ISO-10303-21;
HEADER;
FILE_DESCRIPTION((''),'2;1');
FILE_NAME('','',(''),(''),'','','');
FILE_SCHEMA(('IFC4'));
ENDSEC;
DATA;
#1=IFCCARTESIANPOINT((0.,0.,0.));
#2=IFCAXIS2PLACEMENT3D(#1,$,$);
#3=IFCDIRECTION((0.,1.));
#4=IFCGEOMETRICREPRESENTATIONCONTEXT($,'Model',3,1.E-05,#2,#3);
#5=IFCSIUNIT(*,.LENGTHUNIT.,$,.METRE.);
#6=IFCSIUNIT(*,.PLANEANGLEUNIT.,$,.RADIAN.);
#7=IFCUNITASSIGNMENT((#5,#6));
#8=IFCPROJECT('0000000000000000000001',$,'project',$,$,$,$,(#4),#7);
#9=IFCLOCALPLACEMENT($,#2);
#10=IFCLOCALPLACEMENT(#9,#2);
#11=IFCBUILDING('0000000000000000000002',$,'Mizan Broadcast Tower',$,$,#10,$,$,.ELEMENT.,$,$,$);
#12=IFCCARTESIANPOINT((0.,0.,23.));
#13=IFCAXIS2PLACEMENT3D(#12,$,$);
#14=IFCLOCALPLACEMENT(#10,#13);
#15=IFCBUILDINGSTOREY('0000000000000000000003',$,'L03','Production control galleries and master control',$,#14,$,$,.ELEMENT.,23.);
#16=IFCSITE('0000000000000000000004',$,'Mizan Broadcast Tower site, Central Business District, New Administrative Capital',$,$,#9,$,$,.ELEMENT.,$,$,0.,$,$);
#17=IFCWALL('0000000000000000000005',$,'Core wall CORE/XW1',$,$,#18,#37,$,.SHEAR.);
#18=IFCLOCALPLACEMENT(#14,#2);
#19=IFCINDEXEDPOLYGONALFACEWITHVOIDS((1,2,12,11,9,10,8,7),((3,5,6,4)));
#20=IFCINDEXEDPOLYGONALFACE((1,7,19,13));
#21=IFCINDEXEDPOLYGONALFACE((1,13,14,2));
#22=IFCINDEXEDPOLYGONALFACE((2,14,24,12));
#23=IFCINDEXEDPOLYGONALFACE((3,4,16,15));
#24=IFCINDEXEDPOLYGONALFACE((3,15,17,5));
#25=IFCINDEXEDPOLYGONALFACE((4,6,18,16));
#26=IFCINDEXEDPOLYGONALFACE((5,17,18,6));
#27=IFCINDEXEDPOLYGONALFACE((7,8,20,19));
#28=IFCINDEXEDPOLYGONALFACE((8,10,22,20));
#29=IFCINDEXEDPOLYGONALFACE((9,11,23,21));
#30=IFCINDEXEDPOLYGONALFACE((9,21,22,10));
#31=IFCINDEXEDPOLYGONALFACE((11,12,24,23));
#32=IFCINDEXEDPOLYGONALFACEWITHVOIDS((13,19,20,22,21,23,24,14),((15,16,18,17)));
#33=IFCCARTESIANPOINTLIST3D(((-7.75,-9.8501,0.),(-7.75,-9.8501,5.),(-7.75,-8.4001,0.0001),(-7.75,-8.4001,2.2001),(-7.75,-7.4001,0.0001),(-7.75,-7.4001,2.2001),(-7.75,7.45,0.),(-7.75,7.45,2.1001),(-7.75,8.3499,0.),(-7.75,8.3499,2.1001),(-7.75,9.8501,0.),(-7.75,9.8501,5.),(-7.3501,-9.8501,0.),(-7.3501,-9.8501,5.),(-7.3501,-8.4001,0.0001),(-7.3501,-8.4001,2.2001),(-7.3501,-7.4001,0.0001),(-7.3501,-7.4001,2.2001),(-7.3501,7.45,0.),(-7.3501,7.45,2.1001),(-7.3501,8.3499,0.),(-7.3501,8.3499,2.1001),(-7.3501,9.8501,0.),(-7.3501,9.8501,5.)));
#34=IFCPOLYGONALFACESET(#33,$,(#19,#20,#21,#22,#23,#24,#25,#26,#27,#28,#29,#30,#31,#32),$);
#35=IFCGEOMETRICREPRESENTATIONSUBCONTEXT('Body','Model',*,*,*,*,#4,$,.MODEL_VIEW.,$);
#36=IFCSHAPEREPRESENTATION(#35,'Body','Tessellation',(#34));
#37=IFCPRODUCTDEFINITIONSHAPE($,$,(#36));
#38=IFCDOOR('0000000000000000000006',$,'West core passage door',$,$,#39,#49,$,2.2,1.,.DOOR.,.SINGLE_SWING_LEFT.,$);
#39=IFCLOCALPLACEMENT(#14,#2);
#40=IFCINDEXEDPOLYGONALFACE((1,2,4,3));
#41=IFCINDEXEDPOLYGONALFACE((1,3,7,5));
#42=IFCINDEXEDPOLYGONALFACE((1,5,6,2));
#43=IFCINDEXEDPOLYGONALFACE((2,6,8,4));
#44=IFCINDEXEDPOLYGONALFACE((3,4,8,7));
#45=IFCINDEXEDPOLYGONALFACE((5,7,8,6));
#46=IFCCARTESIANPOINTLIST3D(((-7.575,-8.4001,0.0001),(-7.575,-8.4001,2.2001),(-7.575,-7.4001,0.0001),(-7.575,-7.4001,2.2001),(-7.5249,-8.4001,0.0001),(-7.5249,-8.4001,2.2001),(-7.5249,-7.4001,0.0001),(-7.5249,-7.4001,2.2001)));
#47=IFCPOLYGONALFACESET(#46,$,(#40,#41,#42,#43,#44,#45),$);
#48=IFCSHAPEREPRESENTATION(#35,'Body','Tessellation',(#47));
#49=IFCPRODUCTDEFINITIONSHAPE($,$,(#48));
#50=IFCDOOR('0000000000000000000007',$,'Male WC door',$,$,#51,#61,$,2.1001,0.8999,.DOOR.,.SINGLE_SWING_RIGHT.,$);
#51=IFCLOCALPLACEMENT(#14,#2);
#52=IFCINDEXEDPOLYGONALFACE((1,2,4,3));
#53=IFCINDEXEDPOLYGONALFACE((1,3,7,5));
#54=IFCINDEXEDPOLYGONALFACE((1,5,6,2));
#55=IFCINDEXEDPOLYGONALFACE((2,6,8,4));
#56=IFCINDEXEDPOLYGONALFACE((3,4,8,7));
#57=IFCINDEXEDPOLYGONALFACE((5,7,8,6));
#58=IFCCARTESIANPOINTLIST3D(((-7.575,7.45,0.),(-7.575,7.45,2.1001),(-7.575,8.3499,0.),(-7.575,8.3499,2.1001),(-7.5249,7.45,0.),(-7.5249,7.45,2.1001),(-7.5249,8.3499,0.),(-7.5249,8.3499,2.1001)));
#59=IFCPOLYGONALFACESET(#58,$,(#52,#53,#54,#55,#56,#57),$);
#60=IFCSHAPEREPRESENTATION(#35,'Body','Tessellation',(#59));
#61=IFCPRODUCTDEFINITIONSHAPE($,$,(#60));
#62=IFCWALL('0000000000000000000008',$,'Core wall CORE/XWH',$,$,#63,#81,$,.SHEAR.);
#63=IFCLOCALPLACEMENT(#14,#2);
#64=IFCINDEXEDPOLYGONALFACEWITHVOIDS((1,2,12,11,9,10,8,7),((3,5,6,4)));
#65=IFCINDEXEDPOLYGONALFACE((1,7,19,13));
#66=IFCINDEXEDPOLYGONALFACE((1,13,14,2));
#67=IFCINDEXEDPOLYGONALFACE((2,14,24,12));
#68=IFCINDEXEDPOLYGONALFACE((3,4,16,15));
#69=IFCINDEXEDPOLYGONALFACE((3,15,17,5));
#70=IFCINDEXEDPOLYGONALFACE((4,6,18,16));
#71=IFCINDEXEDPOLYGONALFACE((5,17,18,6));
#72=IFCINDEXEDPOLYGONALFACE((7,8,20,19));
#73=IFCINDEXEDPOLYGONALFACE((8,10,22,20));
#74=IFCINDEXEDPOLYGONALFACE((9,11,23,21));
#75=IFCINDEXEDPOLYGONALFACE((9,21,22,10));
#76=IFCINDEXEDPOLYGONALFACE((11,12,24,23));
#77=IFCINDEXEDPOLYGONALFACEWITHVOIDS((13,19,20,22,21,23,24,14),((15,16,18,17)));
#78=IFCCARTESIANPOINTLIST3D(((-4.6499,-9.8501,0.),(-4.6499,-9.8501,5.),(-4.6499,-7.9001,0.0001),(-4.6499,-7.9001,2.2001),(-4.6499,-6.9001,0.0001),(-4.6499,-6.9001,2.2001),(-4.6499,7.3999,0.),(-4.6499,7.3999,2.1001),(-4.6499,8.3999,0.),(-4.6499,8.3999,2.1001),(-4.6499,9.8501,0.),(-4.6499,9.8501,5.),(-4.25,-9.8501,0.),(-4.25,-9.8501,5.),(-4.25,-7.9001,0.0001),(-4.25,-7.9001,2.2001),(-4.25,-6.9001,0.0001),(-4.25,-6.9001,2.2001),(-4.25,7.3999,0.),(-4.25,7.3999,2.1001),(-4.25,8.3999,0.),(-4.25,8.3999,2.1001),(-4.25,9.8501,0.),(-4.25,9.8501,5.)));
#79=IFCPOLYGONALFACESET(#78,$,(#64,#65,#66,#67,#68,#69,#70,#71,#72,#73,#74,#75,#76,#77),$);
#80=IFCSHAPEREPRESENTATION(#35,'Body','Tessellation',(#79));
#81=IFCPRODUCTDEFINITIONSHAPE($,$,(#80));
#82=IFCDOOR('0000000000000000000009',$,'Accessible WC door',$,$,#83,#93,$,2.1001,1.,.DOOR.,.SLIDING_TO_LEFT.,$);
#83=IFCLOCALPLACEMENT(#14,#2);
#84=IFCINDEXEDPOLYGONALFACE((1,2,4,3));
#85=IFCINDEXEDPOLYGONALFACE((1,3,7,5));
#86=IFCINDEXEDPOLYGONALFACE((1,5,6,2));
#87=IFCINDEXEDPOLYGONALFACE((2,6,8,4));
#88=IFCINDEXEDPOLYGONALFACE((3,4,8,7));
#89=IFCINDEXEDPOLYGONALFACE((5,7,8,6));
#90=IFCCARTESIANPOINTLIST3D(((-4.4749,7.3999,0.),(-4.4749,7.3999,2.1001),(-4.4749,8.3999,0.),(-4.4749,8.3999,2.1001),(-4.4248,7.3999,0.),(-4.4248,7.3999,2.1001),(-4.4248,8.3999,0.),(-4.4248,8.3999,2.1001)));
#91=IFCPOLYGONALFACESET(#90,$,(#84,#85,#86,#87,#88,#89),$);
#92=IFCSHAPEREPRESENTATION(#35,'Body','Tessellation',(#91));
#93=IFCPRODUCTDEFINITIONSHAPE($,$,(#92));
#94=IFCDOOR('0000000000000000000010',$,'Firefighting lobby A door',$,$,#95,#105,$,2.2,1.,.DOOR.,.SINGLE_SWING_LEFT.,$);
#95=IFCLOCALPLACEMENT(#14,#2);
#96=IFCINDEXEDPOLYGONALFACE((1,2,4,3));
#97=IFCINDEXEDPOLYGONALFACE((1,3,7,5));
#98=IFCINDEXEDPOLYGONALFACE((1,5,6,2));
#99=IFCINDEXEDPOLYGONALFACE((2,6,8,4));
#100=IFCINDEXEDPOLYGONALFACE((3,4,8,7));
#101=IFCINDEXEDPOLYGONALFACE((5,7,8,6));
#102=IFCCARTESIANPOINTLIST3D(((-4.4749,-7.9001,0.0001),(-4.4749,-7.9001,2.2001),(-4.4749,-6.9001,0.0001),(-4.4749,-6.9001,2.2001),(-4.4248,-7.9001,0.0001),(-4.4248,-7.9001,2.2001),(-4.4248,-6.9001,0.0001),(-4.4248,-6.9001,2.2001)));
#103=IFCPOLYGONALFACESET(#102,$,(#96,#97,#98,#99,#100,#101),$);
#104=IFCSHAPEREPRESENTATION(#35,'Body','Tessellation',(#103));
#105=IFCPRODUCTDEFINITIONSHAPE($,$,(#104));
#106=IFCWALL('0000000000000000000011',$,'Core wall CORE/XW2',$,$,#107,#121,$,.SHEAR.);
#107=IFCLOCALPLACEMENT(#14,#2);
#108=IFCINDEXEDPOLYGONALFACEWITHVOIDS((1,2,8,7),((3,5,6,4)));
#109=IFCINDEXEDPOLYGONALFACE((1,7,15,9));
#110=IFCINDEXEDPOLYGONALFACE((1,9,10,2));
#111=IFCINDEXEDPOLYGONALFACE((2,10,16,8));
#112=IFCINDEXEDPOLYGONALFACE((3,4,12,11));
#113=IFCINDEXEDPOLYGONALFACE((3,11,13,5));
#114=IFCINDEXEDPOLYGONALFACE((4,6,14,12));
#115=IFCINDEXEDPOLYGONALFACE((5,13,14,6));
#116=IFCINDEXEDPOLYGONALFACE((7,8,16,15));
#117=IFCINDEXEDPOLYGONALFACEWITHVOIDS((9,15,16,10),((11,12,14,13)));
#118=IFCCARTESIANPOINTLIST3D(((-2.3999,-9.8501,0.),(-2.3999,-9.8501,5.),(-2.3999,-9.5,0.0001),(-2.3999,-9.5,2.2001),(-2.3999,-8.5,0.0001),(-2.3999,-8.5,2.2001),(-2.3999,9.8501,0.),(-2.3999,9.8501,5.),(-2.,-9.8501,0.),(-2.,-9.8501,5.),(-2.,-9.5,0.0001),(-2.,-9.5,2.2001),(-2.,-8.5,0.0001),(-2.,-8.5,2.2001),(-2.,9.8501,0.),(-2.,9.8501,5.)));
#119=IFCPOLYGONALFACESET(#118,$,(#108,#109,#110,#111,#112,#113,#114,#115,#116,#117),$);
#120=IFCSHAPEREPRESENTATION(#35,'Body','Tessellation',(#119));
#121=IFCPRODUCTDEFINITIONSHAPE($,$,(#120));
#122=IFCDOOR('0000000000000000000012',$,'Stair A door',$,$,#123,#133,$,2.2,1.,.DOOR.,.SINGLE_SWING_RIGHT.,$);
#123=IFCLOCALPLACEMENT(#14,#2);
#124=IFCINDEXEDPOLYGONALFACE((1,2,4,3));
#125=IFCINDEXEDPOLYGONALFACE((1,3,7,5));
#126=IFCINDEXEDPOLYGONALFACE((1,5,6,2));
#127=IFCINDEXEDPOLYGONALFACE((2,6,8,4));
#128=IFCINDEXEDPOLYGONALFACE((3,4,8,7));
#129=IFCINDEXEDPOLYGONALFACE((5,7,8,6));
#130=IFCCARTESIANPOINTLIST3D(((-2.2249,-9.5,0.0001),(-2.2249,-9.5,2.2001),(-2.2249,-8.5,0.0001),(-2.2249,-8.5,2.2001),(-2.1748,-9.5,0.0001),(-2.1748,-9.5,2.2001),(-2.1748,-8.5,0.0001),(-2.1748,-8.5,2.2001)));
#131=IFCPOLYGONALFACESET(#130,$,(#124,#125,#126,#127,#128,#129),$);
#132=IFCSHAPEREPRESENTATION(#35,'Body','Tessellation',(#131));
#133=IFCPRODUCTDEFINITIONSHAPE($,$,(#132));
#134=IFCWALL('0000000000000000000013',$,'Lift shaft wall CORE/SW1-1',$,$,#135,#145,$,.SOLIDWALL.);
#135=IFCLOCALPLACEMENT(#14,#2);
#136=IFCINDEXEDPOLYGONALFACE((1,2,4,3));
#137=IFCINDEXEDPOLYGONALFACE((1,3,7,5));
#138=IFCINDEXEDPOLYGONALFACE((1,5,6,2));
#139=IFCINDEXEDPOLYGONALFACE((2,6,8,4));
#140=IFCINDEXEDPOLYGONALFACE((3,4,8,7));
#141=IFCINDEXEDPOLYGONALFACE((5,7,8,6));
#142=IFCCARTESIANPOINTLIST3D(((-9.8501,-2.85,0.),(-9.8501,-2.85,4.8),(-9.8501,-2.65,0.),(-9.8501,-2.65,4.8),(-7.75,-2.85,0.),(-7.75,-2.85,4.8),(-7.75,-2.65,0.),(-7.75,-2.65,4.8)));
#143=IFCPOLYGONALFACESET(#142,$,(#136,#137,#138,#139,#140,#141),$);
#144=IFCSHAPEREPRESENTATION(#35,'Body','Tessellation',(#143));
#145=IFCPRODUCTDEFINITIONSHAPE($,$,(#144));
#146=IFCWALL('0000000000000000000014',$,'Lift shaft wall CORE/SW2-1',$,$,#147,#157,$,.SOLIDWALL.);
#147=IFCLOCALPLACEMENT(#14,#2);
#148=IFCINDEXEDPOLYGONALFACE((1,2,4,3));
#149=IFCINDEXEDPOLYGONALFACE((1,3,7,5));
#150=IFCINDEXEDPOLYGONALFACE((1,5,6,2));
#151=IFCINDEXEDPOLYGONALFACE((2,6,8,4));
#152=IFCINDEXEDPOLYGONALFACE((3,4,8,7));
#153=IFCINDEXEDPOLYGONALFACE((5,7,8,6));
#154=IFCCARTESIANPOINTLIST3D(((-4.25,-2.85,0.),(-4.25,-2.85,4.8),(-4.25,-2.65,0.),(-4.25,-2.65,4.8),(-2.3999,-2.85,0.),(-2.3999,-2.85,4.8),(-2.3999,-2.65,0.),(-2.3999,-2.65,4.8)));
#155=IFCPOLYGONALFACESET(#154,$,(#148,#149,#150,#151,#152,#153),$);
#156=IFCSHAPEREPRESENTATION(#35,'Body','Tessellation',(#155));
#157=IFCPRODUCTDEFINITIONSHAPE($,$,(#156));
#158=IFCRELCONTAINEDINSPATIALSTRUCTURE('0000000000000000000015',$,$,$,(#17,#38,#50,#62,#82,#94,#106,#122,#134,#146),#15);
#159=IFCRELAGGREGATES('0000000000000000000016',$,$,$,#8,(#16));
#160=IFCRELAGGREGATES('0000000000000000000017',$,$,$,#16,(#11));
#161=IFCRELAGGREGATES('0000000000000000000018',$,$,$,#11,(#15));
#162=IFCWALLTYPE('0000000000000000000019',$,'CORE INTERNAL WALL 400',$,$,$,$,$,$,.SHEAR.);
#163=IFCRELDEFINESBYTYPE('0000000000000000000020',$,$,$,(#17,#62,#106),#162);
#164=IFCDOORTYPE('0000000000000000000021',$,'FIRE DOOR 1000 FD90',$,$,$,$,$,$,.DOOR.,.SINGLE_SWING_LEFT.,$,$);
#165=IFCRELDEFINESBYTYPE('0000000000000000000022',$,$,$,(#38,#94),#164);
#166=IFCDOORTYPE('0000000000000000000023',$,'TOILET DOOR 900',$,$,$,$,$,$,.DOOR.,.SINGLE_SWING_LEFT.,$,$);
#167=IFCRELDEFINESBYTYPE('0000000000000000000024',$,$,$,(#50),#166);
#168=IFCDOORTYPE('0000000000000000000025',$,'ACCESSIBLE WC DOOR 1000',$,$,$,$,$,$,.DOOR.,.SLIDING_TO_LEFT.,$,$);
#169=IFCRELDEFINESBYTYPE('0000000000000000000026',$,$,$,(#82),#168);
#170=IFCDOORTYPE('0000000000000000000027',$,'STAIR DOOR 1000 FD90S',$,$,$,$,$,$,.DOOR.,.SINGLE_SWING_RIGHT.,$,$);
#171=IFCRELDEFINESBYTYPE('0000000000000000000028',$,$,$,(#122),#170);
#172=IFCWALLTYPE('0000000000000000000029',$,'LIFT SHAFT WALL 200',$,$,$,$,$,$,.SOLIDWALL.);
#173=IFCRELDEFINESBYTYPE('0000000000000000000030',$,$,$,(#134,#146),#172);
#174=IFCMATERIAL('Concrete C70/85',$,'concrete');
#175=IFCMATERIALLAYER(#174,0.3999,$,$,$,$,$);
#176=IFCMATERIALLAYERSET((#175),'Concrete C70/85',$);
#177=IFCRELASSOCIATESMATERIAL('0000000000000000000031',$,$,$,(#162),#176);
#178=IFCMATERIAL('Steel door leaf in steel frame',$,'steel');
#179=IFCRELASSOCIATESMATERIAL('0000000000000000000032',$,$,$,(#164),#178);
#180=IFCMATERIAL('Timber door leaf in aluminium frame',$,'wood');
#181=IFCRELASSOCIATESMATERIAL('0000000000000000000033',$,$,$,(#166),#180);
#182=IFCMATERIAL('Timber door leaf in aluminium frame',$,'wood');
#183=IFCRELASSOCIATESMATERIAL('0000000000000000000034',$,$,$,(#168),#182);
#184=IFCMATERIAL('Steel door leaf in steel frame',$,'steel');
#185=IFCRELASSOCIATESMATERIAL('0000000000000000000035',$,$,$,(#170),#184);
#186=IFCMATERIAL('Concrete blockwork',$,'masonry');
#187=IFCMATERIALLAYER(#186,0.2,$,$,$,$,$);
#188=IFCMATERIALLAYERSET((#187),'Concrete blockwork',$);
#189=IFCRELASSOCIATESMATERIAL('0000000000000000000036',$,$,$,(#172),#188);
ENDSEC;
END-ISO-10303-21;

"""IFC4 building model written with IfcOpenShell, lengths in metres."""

from ifc_helpers import new_model, si_unit, direction, frame, frame_2d, origin, place, context, subcontext, project, spatial, rectangle, extrude, material, layer, layer_set, type_object, element, fill, save


model = new_model("IFC4")

# Units and contexts
model_context = context("Model", 3, precision=1e-05, world=origin(), true_north=direction((0.0, 1.0)))
body_context = subcontext(model_context, "Body", "Model", "MODEL_VIEW")
ifc_project = project(units=[si_unit("LENGTHUNIT", "METRE"), si_unit("PLANEANGLEUNIT", "RADIAN")], contexts=[model_context])

# Site, building, storey
site_placement = place(None, origin())
site = spatial("IfcSite", under=ifc_project, at=site_placement, Name="Mizan Broadcast Tower site, Central Business District, New Administrative Capital", CompositionType="ELEMENT", RefElevation=0.0)
building_placement = place(site_placement, origin())
building = spatial("IfcBuilding", under=site, at=building_placement, Name="Mizan Broadcast Tower", CompositionType="ELEMENT")
storey_placement = place(building_placement, frame((0.0, 0.0, 23.0)))
storey = spatial("IfcBuildingStorey", under=building, at=storey_placement, Name="L03", Description="Production control galleries and master control", CompositionType="ELEMENT", Elevation=23.0)

# Walls, openings, doors
ifc_material_1 = material(Name="Concrete C70/85", Category="concrete")
ifc_layer_1 = layer(ifc_material_1, 0.3999)
ifc_layer_set_1 = layer_set([ifc_layer_1], Name="Concrete C70/85")
wall_type_1 = type_object("IfcWallType", Name="CORE INTERNAL WALL 400", PredefinedType="SHEAR", material=ifc_layer_set_1)
wall_1_placement = place(storey_placement, frame((-7.55, -9.8501, 0.0), z_axis=(0.0, 0.0, 1.0), x_axis=(0.0, 1.0, 0.0)))
wall_1 = element("IfcWall", 1, at=wall_1_placement, inside=storey, type_object=wall_type_1, Name="Core wall CORE/XW1", PredefinedType="SHEAR", context=body_context, shape_type="SweptSolid", body=[
    extrude(rectangle(XDim=19.7002, YDim=0.3999, at=frame_2d((9.8501, 0.0))), origin(), (0.0, 0.0, 1.0), 5.0),
])
opening_1_placement = place(wall_1_placement, frame((1.45, 0.0, 0.0)))
opening_1 = element("IfcOpeningElement", 2, at=opening_1_placement, cuts=wall_1, PredefinedType="OPENING", context=body_context, shape_type="SweptSolid", body=[
    extrude(rectangle(XDim=1.0, YDim=2.2, at=frame_2d((0.5, 1.1001))), frame((0.0, 0.21, 0.0), z_axis=(0.0, -1.0, 0.0), x_axis=(1.0, 0.0, 0.0)), (0.0, 0.0, 1.0), 0.4199),
])
opening_2_placement = place(wall_1_placement, frame((17.3, 0.0, 0.0)))
opening_2 = element("IfcOpeningElement", 3, at=opening_2_placement, cuts=wall_1, PredefinedType="OPENING", context=body_context, shape_type="SweptSolid", body=[
    extrude(rectangle(XDim=0.8999, YDim=2.1001, at=frame_2d((0.45, 1.05))), frame((0.0, 0.21, 0.0), z_axis=(0.0, -1.0, 0.0), x_axis=(1.0, 0.0, 0.0)), (0.0, 0.0, 1.0), 0.4199),
])
ifc_material_2 = material(Name="Steel door leaf in steel frame", Category="steel")
door_type_1 = type_object("IfcDoorType", Name="FIRE DOOR 1000 FD90", OperationType="SINGLE_SWING_LEFT", PredefinedType="DOOR", material=ifc_material_2)
door_1_placement = place(opening_1_placement, origin())
door_1 = element("IfcDoor", 4, at=door_1_placement, inside=storey, type_object=door_type_1, Name="West core passage door", OperationType="SINGLE_SWING_LEFT", OverallHeight=2.2, OverallWidth=1.0, PredefinedType="DOOR", context=body_context, shape_type="SweptSolid", body=[
    extrude(rectangle(XDim=1.0, YDim=2.2, at=frame_2d((0.5, 1.1001))), frame((0.0, 0.0249, 0.0), z_axis=(0.0, -1.0, 0.0), x_axis=(1.0, 0.0, 0.0)), (0.0, 0.0, 1.0), 0.05),
])
fill(opening_1, door_1)
ifc_material_3 = material(Name="Timber door leaf in aluminium frame", Category="wood")
door_type_2 = type_object("IfcDoorType", Name="TOILET DOOR 900", OperationType="SINGLE_SWING_LEFT", PredefinedType="DOOR", material=ifc_material_3)
door_2_placement = place(opening_2_placement, origin())
door_2 = element("IfcDoor", 5, at=door_2_placement, inside=storey, type_object=door_type_2, Name="Male WC door", OperationType="SINGLE_SWING_RIGHT", OverallHeight=2.1001, OverallWidth=0.8999, PredefinedType="DOOR", context=body_context, shape_type="SweptSolid", body=[
    extrude(rectangle(XDim=0.8999, YDim=2.1001, at=frame_2d((0.45, 1.05))), frame((0.0, 0.0249, 0.0), z_axis=(0.0, -1.0, 0.0), x_axis=(1.0, 0.0, 0.0)), (0.0, 0.0, 1.0), 0.05),
])
fill(opening_2, door_2)
wall_2_placement = place(storey_placement, frame((-4.45, -9.8501, 0.0), z_axis=(0.0, 0.0, 1.0), x_axis=(0.0, 1.0, 0.0)))
wall_2 = element("IfcWall", 6, at=wall_2_placement, inside=storey, type_object=wall_type_1, Name="Core wall CORE/XWH", PredefinedType="SHEAR", context=body_context, shape_type="SweptSolid", body=[
    extrude(rectangle(XDim=19.7002, YDim=0.3999, at=frame_2d((9.8501, 0.0))), origin(), (0.0, 0.0, 1.0), 5.0),
])
opening_3_placement = place(wall_2_placement, frame((1.95, 0.0, 0.0)))
opening_3 = element("IfcOpeningElement", 7, at=opening_3_placement, cuts=wall_2, PredefinedType="OPENING", context=body_context, shape_type="SweptSolid", body=[
    extrude(rectangle(XDim=1.0, YDim=2.2, at=frame_2d((0.5, 1.1001))), frame((0.0, 0.21, 0.0), z_axis=(0.0, -1.0, 0.0), x_axis=(1.0, 0.0, 0.0)), (0.0, 0.0, 1.0), 0.4199),
])
opening_4_placement = place(wall_2_placement, frame((17.25, 0.0, 0.0)))
opening_4 = element("IfcOpeningElement", 8, at=opening_4_placement, cuts=wall_2, PredefinedType="OPENING", context=body_context, shape_type="SweptSolid", body=[
    extrude(rectangle(XDim=1.0, YDim=2.1001, at=frame_2d((0.5, 1.05))), frame((0.0, 0.21, 0.0), z_axis=(0.0, -1.0, 0.0), x_axis=(1.0, 0.0, 0.0)), (0.0, 0.0, 1.0), 0.4199),
])
ifc_material_4 = material(Name="Timber door leaf in aluminium frame", Category="wood")
door_type_3 = type_object("IfcDoorType", Name="ACCESSIBLE WC DOOR 1000", OperationType="SLIDING_TO_LEFT", PredefinedType="DOOR", material=ifc_material_4)
door_3_placement = place(opening_4_placement, origin())
door_3 = element("IfcDoor", 9, at=door_3_placement, inside=storey, type_object=door_type_3, Name="Accessible WC door", OperationType="SLIDING_TO_LEFT", OverallHeight=2.1001, OverallWidth=1.0, PredefinedType="DOOR", context=body_context, shape_type="SweptSolid", body=[
    extrude(rectangle(XDim=1.0, YDim=2.1001, at=frame_2d((0.5, 1.05))), frame((0.0, 0.0249, 0.0), z_axis=(0.0, -1.0, 0.0), x_axis=(1.0, 0.0, 0.0)), (0.0, 0.0, 1.0), 0.05),
])
fill(opening_4, door_3)
door_4_placement = place(opening_3_placement, origin())
door_4 = element("IfcDoor", 10, at=door_4_placement, inside=storey, type_object=door_type_1, Name="Firefighting lobby A door", OperationType="SINGLE_SWING_LEFT", OverallHeight=2.2, OverallWidth=1.0, PredefinedType="DOOR", context=body_context, shape_type="SweptSolid", body=[
    extrude(rectangle(XDim=1.0, YDim=2.2, at=frame_2d((0.5, 1.1001))), frame((0.0, 0.0249, 0.0), z_axis=(0.0, -1.0, 0.0), x_axis=(1.0, 0.0, 0.0)), (0.0, 0.0, 1.0), 0.05),
])
fill(opening_3, door_4)

# Wall, opening, door
wall_3_placement = place(storey_placement, frame((-2.2, -9.8501, 0.0), z_axis=(0.0, 0.0, 1.0), x_axis=(0.0, 1.0, 0.0)))
wall_3 = element("IfcWall", 11, at=wall_3_placement, inside=storey, type_object=wall_type_1, Name="Core wall CORE/XW2", PredefinedType="SHEAR", context=body_context, shape_type="SweptSolid", body=[
    extrude(rectangle(XDim=19.7002, YDim=0.3999, at=frame_2d((9.8501, 0.0))), origin(), (0.0, 0.0, 1.0), 5.0),
])
opening_5_placement = place(wall_3_placement, frame((0.3501, 0.0, 0.0)))
opening_5 = element("IfcOpeningElement", 12, at=opening_5_placement, cuts=wall_3, PredefinedType="OPENING", context=body_context, shape_type="SweptSolid", body=[
    extrude(rectangle(XDim=1.0, YDim=2.2, at=frame_2d((0.5, 1.1001))), frame((0.0, 0.21, 0.0), z_axis=(0.0, -1.0, 0.0), x_axis=(1.0, 0.0, 0.0)), (0.0, 0.0, 1.0), 0.4199),
])
ifc_material_5 = material(Name="Steel door leaf in steel frame", Category="steel")
door_type_4 = type_object("IfcDoorType", Name="STAIR DOOR 1000 FD90S", OperationType="SINGLE_SWING_RIGHT", PredefinedType="DOOR", material=ifc_material_5)
door_5_placement = place(opening_5_placement, origin())
door_5 = element("IfcDoor", 13, at=door_5_placement, inside=storey, type_object=door_type_4, Name="Stair A door", OperationType="SINGLE_SWING_RIGHT", OverallHeight=2.2, OverallWidth=1.0, PredefinedType="DOOR", context=body_context, shape_type="SweptSolid", body=[
    extrude(rectangle(XDim=1.0, YDim=2.2, at=frame_2d((0.5, 1.1001))), frame((0.0, 0.0249, 0.0), z_axis=(0.0, -1.0, 0.0), x_axis=(1.0, 0.0, 0.0)), (0.0, 0.0, 1.0), 0.05),
])
fill(opening_5, door_5)

# Walls
ifc_material_6 = material(Name="Concrete blockwork", Category="masonry")
ifc_layer_2 = layer(ifc_material_6, 0.2)
ifc_layer_set_2 = layer_set([ifc_layer_2], Name="Concrete blockwork")
wall_type_2 = type_object("IfcWallType", Name="LIFT SHAFT WALL 200", PredefinedType="SOLIDWALL", material=ifc_layer_set_2)
wall_4_placement = place(storey_placement, frame((-9.8501, -2.75, 0.0), z_axis=(0.0, 0.0, 1.0), x_axis=(1.0, 0.0, 0.0)))
element("IfcWall", 14, at=wall_4_placement, inside=storey, type_object=wall_type_2, Name="Lift shaft wall CORE/SW1-1", PredefinedType="SOLIDWALL", context=body_context, shape_type="SweptSolid", body=[
    extrude(rectangle(XDim=2.1001, YDim=0.2, at=frame_2d((1.05, 0.0))), origin(), (0.0, 0.0, 1.0), 4.8),
])
wall_5_placement = place(storey_placement, frame((-4.25, -2.75, 0.0), z_axis=(0.0, 0.0, 1.0), x_axis=(1.0, 0.0, 0.0)))
element("IfcWall", 15, at=wall_5_placement, inside=storey, type_object=wall_type_2, Name="Lift shaft wall CORE/SW2-1", PredefinedType="SOLIDWALL", context=body_context, shape_type="SweptSolid", body=[
    extrude(rectangle(XDim=1.8501, YDim=0.2, at=frame_2d((0.925, 0.0))), origin(), (0.0, 0.0, 1.0), 4.8),
])

save(model, "model.ifc")
